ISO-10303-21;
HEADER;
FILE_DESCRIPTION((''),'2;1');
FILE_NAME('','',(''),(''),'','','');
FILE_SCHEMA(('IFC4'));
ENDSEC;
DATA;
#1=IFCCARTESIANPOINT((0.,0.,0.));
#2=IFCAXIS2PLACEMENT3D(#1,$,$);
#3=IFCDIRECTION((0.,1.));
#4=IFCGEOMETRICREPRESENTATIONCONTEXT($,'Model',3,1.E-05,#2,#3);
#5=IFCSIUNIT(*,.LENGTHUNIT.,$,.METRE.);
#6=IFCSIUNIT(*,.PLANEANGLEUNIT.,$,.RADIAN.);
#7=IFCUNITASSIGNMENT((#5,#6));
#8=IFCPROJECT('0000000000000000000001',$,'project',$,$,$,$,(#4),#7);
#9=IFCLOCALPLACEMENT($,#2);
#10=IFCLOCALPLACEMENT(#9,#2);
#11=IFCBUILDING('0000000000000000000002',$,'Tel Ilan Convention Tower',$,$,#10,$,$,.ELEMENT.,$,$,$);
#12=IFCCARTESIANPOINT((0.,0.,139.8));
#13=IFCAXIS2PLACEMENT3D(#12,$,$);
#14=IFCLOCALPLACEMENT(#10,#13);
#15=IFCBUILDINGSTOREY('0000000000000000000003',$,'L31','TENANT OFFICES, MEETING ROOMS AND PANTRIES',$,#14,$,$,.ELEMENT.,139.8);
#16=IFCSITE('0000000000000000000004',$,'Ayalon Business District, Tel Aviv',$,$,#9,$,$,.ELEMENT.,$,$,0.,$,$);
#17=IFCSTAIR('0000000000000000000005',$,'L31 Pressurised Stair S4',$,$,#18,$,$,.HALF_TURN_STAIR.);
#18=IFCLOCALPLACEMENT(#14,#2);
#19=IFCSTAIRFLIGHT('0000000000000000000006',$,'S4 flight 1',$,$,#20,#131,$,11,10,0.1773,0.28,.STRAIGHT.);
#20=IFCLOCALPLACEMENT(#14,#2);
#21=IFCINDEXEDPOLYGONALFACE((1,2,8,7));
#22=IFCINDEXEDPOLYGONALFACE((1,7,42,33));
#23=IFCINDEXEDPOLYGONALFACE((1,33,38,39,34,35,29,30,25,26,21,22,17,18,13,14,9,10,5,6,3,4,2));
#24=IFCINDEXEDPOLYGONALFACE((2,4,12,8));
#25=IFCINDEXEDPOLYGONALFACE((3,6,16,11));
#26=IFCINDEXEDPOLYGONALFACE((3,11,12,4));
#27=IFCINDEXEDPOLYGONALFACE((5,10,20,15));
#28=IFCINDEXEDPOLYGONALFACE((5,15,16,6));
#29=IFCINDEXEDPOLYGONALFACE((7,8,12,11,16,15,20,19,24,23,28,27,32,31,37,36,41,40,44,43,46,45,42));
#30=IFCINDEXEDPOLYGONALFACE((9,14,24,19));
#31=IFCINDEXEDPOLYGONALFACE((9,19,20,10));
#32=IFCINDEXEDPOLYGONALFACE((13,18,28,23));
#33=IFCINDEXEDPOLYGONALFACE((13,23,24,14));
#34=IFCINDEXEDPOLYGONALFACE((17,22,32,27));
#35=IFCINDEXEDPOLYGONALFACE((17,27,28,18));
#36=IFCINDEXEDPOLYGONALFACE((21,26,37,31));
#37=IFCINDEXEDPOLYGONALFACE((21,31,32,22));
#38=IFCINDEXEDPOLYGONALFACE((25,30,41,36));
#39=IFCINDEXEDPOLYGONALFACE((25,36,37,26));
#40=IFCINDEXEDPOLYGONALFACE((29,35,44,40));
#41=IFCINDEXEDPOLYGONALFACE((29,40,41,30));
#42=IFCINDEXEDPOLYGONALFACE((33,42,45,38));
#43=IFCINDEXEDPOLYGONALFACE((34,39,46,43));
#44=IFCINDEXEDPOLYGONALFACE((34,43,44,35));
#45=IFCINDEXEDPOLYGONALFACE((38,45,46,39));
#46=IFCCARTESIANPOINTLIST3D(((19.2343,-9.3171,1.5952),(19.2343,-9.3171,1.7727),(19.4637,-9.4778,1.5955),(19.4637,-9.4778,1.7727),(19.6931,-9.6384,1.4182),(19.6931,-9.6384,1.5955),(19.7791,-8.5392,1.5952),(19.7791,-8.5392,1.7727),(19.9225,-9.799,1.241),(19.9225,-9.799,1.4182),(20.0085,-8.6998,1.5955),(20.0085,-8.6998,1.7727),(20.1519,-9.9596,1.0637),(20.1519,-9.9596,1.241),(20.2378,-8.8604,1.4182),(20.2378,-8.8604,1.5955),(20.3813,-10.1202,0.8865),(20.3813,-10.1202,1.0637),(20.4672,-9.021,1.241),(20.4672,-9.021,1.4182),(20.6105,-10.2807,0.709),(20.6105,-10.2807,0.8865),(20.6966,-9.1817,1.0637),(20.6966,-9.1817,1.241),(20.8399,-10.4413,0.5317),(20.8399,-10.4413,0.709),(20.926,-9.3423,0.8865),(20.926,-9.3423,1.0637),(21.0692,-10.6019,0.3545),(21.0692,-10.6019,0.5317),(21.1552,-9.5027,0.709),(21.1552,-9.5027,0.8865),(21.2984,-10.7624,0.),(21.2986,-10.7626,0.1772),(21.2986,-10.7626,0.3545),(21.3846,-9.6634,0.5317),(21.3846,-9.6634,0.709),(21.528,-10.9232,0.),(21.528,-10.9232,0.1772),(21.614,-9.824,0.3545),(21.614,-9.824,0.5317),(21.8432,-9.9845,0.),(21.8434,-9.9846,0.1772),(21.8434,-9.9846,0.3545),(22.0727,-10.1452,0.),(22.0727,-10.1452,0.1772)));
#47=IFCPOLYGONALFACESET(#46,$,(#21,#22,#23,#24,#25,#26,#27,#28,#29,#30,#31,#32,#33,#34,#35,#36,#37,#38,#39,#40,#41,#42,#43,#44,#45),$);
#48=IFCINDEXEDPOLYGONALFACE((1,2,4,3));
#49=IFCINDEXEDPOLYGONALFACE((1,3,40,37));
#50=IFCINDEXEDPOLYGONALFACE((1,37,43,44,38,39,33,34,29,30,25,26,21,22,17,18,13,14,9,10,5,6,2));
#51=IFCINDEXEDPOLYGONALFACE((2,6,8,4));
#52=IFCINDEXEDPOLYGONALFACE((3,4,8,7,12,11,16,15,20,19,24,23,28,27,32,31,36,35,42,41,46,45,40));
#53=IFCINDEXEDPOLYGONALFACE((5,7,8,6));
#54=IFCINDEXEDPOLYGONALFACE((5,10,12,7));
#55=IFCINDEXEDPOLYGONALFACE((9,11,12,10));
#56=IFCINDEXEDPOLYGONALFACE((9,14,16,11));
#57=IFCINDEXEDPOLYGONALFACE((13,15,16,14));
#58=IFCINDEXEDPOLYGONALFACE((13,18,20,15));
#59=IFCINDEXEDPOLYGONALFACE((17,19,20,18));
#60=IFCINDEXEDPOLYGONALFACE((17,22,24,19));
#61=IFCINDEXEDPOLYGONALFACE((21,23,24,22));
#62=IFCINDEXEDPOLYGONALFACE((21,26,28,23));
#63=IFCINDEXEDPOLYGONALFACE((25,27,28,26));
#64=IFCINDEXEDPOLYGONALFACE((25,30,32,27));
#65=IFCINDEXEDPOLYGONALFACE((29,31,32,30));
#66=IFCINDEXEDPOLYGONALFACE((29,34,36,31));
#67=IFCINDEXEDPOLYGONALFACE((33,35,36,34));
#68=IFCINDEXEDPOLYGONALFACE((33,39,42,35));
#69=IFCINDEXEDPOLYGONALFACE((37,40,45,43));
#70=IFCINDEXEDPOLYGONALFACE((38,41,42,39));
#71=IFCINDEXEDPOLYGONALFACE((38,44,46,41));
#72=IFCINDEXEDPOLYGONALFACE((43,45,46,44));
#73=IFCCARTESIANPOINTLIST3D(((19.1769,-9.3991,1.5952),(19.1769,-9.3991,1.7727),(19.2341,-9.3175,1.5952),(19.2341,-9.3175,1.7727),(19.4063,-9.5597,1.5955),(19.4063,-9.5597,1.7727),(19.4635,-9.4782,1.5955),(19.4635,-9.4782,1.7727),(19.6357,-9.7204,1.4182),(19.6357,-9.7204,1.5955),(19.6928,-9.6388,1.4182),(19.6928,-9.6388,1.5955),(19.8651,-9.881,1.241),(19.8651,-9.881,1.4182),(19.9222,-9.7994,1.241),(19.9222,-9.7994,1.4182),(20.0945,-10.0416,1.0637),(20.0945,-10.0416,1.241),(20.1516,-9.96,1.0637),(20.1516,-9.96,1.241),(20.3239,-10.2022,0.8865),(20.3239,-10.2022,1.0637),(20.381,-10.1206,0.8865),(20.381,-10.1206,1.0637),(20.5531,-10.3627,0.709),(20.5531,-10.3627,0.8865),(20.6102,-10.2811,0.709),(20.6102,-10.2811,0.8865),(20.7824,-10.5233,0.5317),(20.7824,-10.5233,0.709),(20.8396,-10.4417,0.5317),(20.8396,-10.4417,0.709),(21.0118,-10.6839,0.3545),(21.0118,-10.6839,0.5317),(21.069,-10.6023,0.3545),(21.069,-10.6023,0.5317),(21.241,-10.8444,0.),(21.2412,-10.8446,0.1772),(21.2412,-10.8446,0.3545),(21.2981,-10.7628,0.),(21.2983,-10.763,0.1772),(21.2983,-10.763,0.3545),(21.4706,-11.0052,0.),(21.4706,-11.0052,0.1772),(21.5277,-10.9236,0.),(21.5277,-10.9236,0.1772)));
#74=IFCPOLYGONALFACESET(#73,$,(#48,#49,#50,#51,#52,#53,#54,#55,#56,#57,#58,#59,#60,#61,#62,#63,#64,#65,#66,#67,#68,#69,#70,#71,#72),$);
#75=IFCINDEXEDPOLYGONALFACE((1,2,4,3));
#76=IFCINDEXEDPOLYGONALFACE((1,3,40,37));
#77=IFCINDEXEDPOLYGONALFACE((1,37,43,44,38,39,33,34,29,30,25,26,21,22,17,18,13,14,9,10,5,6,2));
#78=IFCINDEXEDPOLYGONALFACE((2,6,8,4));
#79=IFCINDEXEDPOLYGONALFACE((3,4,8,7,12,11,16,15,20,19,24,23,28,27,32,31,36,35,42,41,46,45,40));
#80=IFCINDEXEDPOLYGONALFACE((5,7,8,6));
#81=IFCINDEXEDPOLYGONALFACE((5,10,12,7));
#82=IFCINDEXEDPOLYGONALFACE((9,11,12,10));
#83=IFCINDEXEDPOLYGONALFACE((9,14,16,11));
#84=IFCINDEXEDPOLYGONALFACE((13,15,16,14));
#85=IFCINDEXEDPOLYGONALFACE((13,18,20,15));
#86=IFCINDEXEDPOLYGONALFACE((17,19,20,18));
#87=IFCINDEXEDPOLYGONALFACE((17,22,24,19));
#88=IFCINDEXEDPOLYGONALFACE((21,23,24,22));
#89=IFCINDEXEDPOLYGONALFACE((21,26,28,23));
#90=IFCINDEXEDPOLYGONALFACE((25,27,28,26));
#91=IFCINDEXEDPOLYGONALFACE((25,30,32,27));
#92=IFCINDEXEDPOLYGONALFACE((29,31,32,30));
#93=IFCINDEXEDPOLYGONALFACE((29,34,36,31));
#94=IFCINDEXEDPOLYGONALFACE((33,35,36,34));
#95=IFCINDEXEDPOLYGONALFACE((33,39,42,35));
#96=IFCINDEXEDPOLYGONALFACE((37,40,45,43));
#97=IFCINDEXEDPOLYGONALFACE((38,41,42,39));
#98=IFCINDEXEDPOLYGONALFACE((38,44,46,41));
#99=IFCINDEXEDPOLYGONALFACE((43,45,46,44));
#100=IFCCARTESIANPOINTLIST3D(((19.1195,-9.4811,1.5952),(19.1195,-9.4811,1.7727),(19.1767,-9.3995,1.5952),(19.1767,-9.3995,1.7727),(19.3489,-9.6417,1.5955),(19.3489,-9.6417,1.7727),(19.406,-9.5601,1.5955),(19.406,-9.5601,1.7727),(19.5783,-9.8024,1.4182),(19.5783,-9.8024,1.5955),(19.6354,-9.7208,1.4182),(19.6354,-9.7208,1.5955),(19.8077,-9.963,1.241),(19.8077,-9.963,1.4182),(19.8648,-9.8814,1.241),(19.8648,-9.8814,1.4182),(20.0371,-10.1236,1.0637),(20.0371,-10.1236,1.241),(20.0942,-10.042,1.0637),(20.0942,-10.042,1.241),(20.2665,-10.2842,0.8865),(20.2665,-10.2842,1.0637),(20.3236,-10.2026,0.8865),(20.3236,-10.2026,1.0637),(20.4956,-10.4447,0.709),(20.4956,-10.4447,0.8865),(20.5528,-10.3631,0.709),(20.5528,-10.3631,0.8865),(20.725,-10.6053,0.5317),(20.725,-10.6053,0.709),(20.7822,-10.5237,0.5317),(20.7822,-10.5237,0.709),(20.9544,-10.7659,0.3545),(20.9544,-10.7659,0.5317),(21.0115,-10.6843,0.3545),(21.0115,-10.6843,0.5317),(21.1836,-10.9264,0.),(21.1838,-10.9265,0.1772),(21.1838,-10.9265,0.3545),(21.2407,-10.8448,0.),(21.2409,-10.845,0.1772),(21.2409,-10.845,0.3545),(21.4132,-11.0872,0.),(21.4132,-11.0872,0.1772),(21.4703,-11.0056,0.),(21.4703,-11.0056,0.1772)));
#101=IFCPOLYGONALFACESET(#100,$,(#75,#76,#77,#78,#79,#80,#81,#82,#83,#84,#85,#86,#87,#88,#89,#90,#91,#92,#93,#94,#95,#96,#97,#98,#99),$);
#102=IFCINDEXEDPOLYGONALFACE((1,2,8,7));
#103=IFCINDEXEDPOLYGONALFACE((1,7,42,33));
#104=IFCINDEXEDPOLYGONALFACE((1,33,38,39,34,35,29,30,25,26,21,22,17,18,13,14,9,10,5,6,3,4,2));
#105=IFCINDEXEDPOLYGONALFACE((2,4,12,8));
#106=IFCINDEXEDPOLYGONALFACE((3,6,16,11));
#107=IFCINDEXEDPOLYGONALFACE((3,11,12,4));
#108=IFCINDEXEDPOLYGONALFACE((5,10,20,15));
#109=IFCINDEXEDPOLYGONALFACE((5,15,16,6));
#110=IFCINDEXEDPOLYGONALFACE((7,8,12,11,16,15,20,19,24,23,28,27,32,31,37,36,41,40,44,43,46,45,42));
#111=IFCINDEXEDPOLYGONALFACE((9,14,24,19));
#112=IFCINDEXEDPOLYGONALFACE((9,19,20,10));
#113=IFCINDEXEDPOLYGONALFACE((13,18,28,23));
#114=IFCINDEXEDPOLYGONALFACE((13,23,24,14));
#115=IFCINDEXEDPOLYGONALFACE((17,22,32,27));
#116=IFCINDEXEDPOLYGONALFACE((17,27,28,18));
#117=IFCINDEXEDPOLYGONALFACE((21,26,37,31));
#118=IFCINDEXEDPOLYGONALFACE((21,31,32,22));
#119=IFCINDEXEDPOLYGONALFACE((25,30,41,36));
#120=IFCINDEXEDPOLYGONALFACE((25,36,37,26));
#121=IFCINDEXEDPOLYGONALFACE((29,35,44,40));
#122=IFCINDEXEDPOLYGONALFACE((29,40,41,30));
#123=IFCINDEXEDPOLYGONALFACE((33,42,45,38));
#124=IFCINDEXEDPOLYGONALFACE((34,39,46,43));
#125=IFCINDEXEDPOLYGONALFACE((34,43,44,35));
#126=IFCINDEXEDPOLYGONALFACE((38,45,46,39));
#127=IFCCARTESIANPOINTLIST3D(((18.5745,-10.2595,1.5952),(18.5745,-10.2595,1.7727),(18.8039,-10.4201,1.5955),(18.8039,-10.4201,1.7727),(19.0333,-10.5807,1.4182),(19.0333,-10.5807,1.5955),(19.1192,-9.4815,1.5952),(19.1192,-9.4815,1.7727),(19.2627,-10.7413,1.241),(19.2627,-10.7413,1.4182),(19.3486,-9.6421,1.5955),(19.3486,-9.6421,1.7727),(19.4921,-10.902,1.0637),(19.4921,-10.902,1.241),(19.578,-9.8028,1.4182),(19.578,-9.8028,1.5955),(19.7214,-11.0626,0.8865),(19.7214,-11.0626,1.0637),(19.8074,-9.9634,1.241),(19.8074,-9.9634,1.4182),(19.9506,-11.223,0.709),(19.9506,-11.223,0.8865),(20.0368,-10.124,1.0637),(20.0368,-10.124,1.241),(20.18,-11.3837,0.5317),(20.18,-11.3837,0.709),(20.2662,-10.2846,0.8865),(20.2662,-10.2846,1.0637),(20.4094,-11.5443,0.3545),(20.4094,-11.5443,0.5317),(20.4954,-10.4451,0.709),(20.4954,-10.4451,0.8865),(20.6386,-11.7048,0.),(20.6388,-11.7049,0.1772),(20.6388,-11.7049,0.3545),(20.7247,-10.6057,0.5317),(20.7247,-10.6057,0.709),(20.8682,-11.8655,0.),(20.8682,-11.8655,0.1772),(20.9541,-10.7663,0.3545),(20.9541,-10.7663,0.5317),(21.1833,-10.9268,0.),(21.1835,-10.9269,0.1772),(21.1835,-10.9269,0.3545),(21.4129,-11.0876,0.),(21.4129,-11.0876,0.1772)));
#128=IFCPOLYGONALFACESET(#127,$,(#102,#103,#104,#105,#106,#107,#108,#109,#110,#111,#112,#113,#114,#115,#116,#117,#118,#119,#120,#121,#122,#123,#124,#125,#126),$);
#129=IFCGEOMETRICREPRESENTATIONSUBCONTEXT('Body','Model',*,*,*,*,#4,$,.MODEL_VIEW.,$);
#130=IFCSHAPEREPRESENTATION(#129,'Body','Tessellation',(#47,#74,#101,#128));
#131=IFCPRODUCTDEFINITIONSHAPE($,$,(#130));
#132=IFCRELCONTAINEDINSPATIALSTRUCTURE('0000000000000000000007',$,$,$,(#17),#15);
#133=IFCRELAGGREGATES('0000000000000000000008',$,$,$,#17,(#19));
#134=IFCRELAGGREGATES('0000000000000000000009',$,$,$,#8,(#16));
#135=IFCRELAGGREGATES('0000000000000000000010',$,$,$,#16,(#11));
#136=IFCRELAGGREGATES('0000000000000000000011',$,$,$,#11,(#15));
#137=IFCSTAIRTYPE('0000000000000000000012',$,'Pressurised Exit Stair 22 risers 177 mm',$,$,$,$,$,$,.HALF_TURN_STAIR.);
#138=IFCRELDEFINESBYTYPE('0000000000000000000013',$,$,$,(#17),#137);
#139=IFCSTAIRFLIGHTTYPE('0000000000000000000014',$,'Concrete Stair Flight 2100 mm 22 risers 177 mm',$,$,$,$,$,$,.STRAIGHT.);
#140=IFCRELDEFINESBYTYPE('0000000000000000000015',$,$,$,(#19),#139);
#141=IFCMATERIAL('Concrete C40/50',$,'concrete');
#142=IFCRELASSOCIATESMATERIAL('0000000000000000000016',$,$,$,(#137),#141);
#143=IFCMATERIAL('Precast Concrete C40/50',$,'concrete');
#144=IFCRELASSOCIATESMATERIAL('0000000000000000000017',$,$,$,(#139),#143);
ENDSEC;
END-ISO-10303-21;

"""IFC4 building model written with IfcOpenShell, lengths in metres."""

from ifc_helpers import new_model, si_unit, direction, frame, origin, place, context, subcontext, project, spatial, polyline, outline, extrude, material, type_object, element, aggregate, save


model = new_model("IFC4")

# Units and contexts
model_context = context("Model", 3, precision=1e-05, world=origin(), true_north=direction((0.0, 1.0)))
body_context = subcontext(model_context, "Body", "Model", "MODEL_VIEW")
ifc_project = project(units=[si_unit("LENGTHUNIT", "METRE"), si_unit("PLANEANGLEUNIT", "RADIAN")], contexts=[model_context])

# Site, building, storey
site_placement = place(None, origin())
site = spatial("IfcSite", under=ifc_project, at=site_placement, Name="Ayalon Business District, Tel Aviv", CompositionType="ELEMENT", RefElevation=0.0)
building_placement = place(site_placement, origin())
building = spatial("IfcBuilding", under=site, at=building_placement, Name="Tel Ilan Convention Tower", CompositionType="ELEMENT")
storey_placement = place(building_placement, frame((0.0, 0.0, 139.8)))
storey = spatial("IfcBuildingStorey", under=building, at=storey_placement, Name="L31", Description="TENANT OFFICES, MEETING ROOMS AND PANTRIES", CompositionType="ELEMENT", Elevation=139.8)

# Shared definitions
ifc_material_1 = material(Name="Concrete C40/50", Category="concrete")
stair_type = type_object("IfcStairType", Name="Pressurised Exit Stair 22 risers 177 mm", PredefinedType="HALF_TURN_STAIR", material=ifc_material_1)
ifc_material_2 = material(Name="Precast Concrete C40/50", Category="concrete")
stair_flight_type = type_object("IfcStairFlightType", Name="Concrete Stair Flight 2100 mm 22 risers 177 mm", PredefinedType="STRAIGHT", material=ifc_material_2)

# Stair, stair flight
stair_1_placement = place(storey_placement, origin())
stair_1 = element("IfcStair", 1, at=stair_1_placement, inside=storey, type_object=stair_type, Name="L31 Pressurised Stair S4", PredefinedType="HALF_TURN_STAIR")
stair_flight_1_placement = place(storey_placement, frame((21.4705, -11.0054, 0.0), z_axis=(0.0, 0.0, 1.0), x_axis=(-0.819152, 0.573576, 0.0)))
stair_flight_1 = element("IfcStairFlight", 2, at=stair_flight_1_placement, type_object=stair_flight_type, Name="S4 flight 1", NumberOfRisers=11, NumberOfTreads=10, PredefinedType="STRAIGHT", RiserHeight=0.1773, TreadLength=0.28, context=body_context, shape_type="SweptSolid", body=[
    extrude(outline(polyline([(0.0, 0.0), (0.0, 0.1772), (0.28, 0.1772), (0.28, 0.3545), (0.5601, 0.3545), (0.5601, 0.5317), (0.8401, 0.5317), (0.8401, 0.709), (1.1201, 0.709), (1.1201, 0.8865), (1.3999, 0.8865), (1.3999, 1.0637), (1.6799, 1.0637), (1.6799, 1.241), (1.96, 1.241), (1.96, 1.4182), (2.24, 1.4182), (2.24, 1.5955), (2.52, 1.5955), (2.52, 1.7727), (2.8, 1.7727), (2.8, 1.95), (2.8, 1.5952), (0.2803, 0.0), (0.0, 0.0)])), frame((0.0, -0.1003, 0.0), z_axis=(0.0, -1.0, 0.0), x_axis=(1.0, 0.0, 0.0)), (0.0, 0.0, 1.0), 0.9497),
    extrude(outline(polyline([(0.0, 0.0), (0.0, 0.1772), (0.28, 0.1772), (0.28, 0.3545), (0.5601, 0.3545), (0.5601, 0.5317), (0.8401, 0.5317), (0.8401, 0.709), (1.1201, 0.709), (1.1201, 0.8865), (1.3999, 0.8865), (1.3999, 1.0637), (1.6799, 1.0637), (1.6799, 1.241), (1.96, 1.241), (1.96, 1.4182), (2.24, 1.4182), (2.24, 1.5955), (2.52, 1.5955), (2.52, 1.7727), (2.8, 1.7727), (2.8, 1.95), (2.8, 1.5952), (0.2803, 0.0), (0.0, 0.0)])), frame((0.0, -0.0002, 0.0), z_axis=(0.0, -1.0, 0.0), x_axis=(1.0, 0.0, 0.0)), (0.0, 0.0, 1.0), 0.0996),
    extrude(outline(polyline([(0.0, 0.0), (0.0, 0.1772), (0.28, 0.1772), (0.28, 0.3545), (0.5601, 0.3545), (0.5601, 0.5317), (0.8401, 0.5317), (0.8401, 0.709), (1.1201, 0.709), (1.1201, 0.8865), (1.3999, 0.8865), (1.3999, 1.0637), (1.6799, 1.0637), (1.6799, 1.241), (1.96, 1.241), (1.96, 1.4182), (2.24, 1.4182), (2.24, 1.5955), (2.52, 1.5955), (2.52, 1.7727), (2.8, 1.7727), (2.8, 1.95), (2.8, 1.5952), (0.2803, 0.0), (0.0, 0.0)])), frame((0.0, 0.0999, 0.0), z_axis=(0.0, -1.0, 0.0), x_axis=(1.0, 0.0, 0.0)), (0.0, 0.0, 1.0), 0.0996),
    extrude(outline(polyline([(0.0, 0.0), (0.0, 0.1772), (0.28, 0.1772), (0.28, 0.3545), (0.5601, 0.3545), (0.5601, 0.5317), (0.8401, 0.5317), (0.8401, 0.709), (1.1201, 0.709), (1.1201, 0.8865), (1.3999, 0.8865), (1.3999, 1.0637), (1.6799, 1.0637), (1.6799, 1.241), (1.96, 1.241), (1.96, 1.4182), (2.24, 1.4182), (2.24, 1.5955), (2.52, 1.5955), (2.52, 1.7727), (2.8, 1.7727), (2.8, 1.95), (2.8, 1.5952), (0.2803, 0.0), (0.0, 0.0)])), frame((0.0, 1.05, 0.0), z_axis=(0.0, -1.0, 0.0), x_axis=(1.0, 0.0, 0.0)), (0.0, 0.0, 1.0), 0.9497),
])
aggregate(stair_1, [stair_flight_1])

save(model, "model.ifc")
